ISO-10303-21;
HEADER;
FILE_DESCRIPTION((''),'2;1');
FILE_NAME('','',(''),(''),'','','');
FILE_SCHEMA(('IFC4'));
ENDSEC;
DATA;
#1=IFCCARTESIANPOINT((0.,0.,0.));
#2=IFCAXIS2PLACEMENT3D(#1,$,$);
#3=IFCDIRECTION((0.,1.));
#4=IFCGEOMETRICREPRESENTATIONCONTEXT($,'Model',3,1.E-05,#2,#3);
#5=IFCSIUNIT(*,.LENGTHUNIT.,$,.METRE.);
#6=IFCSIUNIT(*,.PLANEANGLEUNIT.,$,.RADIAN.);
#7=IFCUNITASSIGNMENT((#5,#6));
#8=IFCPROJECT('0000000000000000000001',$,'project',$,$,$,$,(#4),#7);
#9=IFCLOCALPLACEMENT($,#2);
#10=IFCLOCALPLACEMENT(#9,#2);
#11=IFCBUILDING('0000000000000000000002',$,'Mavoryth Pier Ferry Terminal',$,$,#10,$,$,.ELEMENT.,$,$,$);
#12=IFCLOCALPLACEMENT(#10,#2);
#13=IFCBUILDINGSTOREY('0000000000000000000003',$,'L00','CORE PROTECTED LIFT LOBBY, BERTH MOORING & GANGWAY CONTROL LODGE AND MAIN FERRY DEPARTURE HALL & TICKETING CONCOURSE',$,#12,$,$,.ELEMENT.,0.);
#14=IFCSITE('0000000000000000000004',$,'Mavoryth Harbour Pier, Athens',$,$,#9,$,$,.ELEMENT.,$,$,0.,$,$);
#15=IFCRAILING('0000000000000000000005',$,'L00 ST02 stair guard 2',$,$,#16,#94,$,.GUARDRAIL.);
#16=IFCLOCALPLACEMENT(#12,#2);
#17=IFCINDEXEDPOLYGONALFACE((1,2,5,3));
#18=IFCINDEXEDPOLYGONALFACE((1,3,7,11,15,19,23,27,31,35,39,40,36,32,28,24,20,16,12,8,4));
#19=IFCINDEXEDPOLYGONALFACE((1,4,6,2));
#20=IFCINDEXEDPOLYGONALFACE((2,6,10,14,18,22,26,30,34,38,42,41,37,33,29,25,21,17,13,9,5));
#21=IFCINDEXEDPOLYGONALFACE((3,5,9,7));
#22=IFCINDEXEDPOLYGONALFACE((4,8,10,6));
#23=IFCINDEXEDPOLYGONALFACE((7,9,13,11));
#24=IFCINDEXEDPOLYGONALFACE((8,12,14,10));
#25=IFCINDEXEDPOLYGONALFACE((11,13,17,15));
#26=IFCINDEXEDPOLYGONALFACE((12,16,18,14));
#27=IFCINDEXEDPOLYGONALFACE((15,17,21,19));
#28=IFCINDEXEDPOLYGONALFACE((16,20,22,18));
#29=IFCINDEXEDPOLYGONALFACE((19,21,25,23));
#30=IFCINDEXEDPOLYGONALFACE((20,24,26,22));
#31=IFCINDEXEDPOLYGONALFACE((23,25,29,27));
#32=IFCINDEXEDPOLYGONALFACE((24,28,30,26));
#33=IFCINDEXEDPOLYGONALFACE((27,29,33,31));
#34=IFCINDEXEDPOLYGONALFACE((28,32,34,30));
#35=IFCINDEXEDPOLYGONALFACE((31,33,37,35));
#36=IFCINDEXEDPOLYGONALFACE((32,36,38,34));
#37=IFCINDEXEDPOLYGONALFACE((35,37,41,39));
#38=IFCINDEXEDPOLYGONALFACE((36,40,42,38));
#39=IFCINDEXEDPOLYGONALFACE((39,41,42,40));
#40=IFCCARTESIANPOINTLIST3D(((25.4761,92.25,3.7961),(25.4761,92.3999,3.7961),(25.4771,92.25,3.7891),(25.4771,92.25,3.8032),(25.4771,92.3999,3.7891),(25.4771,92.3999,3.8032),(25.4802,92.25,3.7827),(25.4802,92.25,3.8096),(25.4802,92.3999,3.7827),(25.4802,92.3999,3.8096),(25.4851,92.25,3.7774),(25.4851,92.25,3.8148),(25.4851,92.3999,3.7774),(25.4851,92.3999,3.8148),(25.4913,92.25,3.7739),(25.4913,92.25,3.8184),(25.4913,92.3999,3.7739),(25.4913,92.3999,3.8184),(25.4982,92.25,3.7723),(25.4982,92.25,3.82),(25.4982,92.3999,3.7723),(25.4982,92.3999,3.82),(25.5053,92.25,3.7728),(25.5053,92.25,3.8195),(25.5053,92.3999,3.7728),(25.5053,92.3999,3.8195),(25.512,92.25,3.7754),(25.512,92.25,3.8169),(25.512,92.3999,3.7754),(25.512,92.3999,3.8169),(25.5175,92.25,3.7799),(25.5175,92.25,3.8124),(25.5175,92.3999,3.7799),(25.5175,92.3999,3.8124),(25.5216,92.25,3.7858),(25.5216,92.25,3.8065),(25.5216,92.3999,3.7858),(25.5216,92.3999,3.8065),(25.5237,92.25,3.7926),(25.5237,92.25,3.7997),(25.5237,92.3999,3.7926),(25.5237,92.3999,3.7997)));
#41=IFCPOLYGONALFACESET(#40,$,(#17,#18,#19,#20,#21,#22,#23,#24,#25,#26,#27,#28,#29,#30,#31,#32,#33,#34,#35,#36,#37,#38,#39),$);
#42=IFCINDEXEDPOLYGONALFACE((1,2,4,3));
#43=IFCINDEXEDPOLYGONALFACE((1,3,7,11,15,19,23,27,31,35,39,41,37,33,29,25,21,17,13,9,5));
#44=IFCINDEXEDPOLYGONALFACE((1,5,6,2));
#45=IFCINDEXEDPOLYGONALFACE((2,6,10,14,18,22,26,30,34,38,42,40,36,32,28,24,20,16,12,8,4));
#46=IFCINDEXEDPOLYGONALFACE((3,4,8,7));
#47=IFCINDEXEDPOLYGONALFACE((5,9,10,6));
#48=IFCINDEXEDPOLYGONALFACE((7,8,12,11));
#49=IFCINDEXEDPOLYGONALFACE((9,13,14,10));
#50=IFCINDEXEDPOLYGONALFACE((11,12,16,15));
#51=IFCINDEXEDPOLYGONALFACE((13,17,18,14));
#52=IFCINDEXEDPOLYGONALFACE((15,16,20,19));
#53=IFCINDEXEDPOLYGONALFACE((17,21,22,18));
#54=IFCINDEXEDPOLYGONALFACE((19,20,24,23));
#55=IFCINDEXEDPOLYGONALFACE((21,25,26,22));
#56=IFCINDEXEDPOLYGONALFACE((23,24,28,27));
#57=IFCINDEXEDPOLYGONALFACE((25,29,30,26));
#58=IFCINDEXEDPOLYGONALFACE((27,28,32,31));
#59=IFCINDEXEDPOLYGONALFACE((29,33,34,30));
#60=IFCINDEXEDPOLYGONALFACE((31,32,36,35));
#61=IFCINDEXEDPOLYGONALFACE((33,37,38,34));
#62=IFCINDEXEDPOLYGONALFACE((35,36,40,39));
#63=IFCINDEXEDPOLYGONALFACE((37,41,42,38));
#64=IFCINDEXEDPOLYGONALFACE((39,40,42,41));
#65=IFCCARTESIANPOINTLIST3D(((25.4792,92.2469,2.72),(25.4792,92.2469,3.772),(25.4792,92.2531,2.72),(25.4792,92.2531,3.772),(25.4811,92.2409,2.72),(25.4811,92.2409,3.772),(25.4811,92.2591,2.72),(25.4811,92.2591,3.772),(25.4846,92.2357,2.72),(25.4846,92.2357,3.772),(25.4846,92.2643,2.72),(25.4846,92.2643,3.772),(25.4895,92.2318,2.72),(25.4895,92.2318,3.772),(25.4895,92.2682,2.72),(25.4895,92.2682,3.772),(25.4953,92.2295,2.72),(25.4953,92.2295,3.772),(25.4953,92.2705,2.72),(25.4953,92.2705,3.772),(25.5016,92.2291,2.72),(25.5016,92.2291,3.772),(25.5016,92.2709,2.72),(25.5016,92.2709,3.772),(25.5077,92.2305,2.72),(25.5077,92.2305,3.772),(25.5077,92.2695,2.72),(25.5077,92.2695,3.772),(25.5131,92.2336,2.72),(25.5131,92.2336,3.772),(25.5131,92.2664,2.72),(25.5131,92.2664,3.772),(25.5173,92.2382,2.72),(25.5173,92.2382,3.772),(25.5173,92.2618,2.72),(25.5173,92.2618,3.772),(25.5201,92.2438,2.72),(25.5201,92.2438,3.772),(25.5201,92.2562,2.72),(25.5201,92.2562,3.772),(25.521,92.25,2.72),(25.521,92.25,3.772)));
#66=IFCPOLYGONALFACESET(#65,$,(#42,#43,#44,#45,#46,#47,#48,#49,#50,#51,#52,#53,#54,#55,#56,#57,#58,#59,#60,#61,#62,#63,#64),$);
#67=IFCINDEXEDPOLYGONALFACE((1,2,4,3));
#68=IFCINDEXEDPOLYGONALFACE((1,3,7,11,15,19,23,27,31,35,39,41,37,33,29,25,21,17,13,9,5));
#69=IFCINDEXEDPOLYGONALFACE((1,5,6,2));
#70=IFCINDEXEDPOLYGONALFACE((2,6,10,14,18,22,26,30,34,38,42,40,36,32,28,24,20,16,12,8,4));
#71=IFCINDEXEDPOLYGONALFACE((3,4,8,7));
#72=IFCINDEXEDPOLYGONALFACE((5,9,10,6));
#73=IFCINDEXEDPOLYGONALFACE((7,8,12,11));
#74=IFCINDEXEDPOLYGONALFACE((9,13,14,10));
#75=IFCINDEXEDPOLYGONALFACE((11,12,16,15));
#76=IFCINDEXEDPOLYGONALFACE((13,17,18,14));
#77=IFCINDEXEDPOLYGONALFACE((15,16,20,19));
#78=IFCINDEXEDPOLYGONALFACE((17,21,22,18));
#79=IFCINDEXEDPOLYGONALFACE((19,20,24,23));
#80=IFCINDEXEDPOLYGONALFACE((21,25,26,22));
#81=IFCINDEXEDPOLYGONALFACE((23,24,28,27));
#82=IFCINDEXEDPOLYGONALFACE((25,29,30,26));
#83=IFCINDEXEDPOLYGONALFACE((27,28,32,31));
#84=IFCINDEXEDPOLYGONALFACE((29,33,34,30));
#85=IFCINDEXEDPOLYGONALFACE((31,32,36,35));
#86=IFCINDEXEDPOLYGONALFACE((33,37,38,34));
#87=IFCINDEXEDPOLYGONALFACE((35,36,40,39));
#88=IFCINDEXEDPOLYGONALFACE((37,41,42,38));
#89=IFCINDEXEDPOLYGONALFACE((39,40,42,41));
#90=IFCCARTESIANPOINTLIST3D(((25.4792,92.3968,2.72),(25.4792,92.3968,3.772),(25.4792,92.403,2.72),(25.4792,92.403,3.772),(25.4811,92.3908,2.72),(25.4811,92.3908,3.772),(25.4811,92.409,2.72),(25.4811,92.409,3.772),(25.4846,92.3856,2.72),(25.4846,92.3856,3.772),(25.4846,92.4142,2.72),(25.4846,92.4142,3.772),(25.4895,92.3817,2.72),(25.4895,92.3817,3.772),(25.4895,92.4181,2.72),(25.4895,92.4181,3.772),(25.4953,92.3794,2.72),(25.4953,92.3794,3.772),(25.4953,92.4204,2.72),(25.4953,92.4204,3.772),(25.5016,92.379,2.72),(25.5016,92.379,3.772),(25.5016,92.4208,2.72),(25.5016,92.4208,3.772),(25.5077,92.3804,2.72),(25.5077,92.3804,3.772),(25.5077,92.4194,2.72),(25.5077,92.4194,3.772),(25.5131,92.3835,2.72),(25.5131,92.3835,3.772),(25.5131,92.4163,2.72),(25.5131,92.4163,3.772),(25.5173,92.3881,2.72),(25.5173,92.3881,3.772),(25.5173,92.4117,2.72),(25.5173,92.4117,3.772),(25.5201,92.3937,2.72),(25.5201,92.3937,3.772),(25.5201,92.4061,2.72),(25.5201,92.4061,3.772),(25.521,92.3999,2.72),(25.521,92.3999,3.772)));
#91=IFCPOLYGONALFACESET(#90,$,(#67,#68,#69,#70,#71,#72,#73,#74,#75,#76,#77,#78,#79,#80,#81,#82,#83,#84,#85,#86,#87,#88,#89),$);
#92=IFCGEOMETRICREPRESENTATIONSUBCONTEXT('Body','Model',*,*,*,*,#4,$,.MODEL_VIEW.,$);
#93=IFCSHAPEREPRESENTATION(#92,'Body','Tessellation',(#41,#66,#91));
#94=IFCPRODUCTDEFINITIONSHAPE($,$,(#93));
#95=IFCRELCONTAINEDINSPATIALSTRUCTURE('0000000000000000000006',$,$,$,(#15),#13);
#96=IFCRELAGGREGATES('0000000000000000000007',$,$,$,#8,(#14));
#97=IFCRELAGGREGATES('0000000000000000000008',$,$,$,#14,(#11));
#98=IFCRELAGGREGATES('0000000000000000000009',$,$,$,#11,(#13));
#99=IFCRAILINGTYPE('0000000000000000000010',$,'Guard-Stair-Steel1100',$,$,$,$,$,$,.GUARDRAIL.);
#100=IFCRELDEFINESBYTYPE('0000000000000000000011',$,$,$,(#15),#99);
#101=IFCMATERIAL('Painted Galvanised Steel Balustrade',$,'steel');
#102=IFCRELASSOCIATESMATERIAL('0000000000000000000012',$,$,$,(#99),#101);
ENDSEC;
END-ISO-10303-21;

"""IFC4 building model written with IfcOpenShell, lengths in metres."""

from ifc_helpers import new_model, si_unit, direction, frame, origin, origin_2d, place, context, subcontext, project, spatial, circle, extrude, material, type_object, element, save


model = new_model("IFC4")

# Units and contexts
model_context = context("Model", 3, precision=1e-05, world=origin(), true_north=direction((0.0, 1.0)))
body_context = subcontext(model_context, "Body", "Model", "MODEL_VIEW")
ifc_project = project(units=[si_unit("LENGTHUNIT", "METRE"), si_unit("PLANEANGLEUNIT", "RADIAN")], contexts=[model_context])

# Site, building, storey
site_placement = place(None, origin())
site = spatial("IfcSite", under=ifc_project, at=site_placement, Name="Mavoryth Harbour Pier, Athens", CompositionType="ELEMENT", RefElevation=0.0)
building_placement = place(site_placement, origin())
building = spatial("IfcBuilding", under=site, at=building_placement, Name="Mavoryth Pier Ferry Terminal", CompositionType="ELEMENT")
storey_placement = place(building_placement, origin())
storey = spatial("IfcBuildingStorey", under=building, at=storey_placement, Name="L00", Description="CORE PROTECTED LIFT LOBBY, BERTH MOORING & GANGWAY CONTROL LODGE AND MAIN FERRY DEPARTURE HALL & TICKETING CONCOURSE", CompositionType="ELEMENT", Elevation=0.0)

# Railing
ifc_material_1 = material(Name="Painted Galvanised Steel Balustrade", Category="steel")
railing_type_1 = type_object("IfcRailingType", Name="Guard-Stair-Steel1100", PredefinedType="GUARDRAIL", material=ifc_material_1)
railing_1_placement = place(storey_placement, frame((25.5, 92.25, 2.72)))
element("IfcRailing", 1, at=railing_1_placement, inside=storey, type_object=railing_type_1, Name="L00 ST02 stair guard 2", PredefinedType="GUARDRAIL", context=body_context, shape_type="SweptSolid", body=[
    extrude(circle(Radius=0.0239, at=origin_2d()), frame((0.0, 0.0, 1.0762), z_axis=(0.0, 1.0, 0.0), x_axis=(-1.0, 0.0, 0.0)), (0.0, 0.0, 1.0), 0.1499),
    extrude(circle(Radius=0.021, at=origin_2d()), origin(), (0.0, 0.0, 1.0), 1.052),
    extrude(circle(Radius=0.021, at=origin_2d()), frame((0.0, 0.1499, 0.0)), (0.0, 0.0, 1.0), 1.052),
])

save(model, "model.ifc")
